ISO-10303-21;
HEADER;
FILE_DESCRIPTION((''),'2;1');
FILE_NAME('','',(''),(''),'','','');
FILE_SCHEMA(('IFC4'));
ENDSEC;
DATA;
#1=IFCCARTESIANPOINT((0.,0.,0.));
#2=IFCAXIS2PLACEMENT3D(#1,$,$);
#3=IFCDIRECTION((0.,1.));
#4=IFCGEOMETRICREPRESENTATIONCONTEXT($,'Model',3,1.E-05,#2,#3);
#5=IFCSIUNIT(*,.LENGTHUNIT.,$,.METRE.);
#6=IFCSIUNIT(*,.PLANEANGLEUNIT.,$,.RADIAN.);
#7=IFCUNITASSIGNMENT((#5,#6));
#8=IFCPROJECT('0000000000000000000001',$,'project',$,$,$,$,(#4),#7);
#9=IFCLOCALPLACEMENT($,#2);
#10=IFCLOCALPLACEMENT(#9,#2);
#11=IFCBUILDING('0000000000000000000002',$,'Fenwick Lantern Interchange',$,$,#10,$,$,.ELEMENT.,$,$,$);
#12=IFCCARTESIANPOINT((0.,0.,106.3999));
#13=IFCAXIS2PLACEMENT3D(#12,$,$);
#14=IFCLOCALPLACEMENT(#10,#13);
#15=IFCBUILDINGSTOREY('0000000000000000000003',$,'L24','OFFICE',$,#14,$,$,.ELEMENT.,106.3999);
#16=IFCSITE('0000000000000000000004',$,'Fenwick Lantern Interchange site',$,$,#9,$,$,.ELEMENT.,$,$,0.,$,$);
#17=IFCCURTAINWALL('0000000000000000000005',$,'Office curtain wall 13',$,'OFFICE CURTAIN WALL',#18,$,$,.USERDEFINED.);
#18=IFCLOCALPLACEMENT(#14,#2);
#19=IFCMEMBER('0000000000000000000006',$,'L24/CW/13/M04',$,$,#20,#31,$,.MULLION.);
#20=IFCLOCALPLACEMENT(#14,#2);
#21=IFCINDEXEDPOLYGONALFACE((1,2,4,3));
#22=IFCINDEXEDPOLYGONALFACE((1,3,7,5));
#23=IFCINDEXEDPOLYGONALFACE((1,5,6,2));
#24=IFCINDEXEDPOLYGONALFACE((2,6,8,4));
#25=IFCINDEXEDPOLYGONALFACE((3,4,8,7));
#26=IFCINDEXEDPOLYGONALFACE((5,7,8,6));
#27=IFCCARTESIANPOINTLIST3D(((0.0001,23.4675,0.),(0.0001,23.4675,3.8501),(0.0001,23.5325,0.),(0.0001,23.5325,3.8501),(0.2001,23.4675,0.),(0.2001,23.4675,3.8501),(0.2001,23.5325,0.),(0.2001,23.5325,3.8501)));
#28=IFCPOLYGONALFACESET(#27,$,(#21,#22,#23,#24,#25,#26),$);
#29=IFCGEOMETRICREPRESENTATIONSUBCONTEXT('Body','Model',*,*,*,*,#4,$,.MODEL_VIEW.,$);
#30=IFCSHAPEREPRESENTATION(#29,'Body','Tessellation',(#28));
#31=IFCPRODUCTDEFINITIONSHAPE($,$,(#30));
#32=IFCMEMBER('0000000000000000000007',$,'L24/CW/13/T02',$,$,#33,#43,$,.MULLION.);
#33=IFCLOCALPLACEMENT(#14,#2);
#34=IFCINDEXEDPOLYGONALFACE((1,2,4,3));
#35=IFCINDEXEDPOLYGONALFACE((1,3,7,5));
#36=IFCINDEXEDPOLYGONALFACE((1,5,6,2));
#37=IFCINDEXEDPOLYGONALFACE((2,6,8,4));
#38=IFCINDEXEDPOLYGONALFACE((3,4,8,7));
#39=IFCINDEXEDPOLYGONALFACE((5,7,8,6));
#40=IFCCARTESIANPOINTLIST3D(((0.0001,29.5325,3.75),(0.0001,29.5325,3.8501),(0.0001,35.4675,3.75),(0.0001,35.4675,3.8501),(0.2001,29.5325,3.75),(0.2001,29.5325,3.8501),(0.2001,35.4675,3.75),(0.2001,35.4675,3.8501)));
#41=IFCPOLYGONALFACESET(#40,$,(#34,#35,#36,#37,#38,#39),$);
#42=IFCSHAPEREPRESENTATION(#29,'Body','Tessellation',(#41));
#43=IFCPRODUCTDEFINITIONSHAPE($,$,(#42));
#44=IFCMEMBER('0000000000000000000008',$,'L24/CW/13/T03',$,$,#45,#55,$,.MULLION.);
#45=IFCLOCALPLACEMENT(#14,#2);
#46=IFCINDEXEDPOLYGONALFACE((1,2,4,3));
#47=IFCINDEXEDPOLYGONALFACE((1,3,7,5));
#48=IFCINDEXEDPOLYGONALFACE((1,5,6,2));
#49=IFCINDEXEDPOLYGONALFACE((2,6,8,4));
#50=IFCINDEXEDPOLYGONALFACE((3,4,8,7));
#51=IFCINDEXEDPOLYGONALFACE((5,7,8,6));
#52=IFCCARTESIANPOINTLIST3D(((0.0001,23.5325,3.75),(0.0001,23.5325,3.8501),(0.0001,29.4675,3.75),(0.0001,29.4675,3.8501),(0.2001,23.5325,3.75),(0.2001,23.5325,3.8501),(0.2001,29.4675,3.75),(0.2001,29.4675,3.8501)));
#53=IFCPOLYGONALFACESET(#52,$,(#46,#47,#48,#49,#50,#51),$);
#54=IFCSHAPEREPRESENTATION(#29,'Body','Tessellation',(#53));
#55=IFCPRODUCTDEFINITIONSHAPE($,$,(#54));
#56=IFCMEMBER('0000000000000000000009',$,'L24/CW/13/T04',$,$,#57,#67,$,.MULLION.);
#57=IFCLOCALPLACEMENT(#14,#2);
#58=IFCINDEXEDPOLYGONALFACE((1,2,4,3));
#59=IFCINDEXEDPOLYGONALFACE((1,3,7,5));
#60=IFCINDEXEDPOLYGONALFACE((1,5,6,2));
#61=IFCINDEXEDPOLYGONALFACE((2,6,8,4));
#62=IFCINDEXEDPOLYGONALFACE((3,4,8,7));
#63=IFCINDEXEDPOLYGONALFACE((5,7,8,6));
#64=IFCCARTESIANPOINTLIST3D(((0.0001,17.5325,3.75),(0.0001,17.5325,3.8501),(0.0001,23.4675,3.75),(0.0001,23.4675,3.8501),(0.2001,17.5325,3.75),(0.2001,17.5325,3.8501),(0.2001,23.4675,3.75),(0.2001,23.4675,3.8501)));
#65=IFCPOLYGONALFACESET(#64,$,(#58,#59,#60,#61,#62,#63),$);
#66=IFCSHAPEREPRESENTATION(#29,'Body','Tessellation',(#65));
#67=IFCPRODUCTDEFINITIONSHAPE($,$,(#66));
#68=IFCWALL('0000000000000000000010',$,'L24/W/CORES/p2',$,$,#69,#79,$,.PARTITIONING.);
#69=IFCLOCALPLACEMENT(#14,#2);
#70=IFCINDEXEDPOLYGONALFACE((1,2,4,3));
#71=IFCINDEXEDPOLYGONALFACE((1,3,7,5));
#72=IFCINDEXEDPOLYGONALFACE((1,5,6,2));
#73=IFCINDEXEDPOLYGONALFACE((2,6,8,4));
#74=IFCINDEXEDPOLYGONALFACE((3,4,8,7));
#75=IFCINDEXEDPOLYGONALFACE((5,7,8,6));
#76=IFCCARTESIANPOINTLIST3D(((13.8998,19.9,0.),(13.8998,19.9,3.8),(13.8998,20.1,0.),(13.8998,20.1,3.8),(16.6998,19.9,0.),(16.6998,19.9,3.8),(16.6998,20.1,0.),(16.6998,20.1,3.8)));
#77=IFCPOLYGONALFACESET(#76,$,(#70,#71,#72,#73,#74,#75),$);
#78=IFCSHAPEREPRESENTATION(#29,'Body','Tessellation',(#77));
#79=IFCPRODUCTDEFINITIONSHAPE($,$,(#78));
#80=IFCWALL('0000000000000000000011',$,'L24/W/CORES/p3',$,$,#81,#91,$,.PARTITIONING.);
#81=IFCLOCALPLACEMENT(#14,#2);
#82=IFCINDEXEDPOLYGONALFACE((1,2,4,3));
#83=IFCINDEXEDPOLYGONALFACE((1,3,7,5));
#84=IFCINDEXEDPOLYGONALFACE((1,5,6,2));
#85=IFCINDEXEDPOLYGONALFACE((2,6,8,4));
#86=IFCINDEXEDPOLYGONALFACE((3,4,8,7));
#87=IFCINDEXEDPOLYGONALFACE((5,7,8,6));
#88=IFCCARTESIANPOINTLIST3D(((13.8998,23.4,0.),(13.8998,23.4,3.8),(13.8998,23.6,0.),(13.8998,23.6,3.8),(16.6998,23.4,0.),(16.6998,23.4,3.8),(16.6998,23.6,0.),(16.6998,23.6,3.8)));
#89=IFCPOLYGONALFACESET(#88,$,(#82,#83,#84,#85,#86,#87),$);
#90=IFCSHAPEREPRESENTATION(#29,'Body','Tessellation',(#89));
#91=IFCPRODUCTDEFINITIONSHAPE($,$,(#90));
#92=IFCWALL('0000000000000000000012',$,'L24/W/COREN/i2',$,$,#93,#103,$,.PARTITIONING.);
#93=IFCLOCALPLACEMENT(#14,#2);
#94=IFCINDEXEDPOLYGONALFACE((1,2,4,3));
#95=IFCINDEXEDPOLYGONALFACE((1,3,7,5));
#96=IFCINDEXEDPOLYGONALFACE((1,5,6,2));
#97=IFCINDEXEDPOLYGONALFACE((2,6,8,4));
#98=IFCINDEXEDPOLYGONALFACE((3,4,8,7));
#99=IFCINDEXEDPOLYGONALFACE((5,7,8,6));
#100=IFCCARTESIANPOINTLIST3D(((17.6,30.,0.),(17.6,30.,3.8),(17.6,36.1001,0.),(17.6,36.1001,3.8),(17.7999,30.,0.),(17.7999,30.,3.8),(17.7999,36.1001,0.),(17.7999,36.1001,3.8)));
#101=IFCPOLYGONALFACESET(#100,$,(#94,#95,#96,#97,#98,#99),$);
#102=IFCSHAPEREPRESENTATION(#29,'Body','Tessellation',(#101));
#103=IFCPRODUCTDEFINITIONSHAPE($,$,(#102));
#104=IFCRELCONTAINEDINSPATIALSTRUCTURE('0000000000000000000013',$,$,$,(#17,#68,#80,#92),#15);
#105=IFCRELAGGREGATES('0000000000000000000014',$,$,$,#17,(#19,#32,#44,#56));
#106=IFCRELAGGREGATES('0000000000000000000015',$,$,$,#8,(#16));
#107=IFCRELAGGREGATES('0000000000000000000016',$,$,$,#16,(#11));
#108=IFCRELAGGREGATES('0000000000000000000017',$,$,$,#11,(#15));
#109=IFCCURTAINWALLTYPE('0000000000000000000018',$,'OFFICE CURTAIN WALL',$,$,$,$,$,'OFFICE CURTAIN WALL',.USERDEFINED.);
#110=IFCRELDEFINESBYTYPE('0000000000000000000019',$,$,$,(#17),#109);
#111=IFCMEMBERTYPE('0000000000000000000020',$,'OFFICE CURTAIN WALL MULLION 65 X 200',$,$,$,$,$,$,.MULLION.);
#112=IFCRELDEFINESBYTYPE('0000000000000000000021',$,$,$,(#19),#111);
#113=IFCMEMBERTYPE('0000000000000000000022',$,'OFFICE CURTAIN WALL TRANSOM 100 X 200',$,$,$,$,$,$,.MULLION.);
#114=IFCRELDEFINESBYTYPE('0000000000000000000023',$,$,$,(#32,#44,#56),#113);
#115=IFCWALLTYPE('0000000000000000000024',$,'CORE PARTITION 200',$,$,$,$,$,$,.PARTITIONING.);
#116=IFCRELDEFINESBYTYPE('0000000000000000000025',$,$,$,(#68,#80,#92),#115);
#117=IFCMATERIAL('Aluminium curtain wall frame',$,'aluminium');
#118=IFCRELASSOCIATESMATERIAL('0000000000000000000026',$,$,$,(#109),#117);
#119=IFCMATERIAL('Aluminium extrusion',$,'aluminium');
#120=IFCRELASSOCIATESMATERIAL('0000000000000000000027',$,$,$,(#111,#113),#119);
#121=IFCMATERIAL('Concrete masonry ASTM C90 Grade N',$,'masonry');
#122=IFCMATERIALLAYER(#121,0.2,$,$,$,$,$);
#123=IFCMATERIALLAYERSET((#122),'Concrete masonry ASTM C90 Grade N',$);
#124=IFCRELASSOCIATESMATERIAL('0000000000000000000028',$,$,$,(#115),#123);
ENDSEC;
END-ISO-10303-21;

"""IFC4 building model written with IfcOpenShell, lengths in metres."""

from ifc_helpers import new_model, si_unit, direction, frame, frame_2d, origin, origin_2d, place, context, subcontext, project, spatial, rectangle, extrude, material, layer, layer_set, material_profile, profile_set, type_object, element, aggregate, save


model = new_model("IFC4")

# Units and contexts
model_context = context("Model", 3, precision=1e-05, world=origin(), true_north=direction((0.0, 1.0)))
body_context = subcontext(model_context, "Body", "Model", "MODEL_VIEW")
ifc_project = project(units=[si_unit("LENGTHUNIT", "METRE"), si_unit("PLANEANGLEUNIT", "RADIAN")], contexts=[model_context])

# Site, building, storey
site_placement = place(None, origin())
site = spatial("IfcSite", under=ifc_project, at=site_placement, Name="Fenwick Lantern Interchange site", CompositionType="ELEMENT", RefElevation=0.0)
building_placement = place(site_placement, origin())
building = spatial("IfcBuilding", under=site, at=building_placement, Name="Fenwick Lantern Interchange", CompositionType="ELEMENT")
storey_placement = place(building_placement, frame((0.0, 0.0, 106.3999)))
storey = spatial("IfcBuildingStorey", under=building, at=storey_placement, Name="L24", Description="OFFICE", CompositionType="ELEMENT", Elevation=106.3999)

# Curtain wall, members
ifc_material_1 = material(Name="Aluminium curtain wall frame", Category="aluminium")
curtain_wall_type = type_object("IfcCurtainWallType", Name="OFFICE CURTAIN WALL", ElementType="OFFICE CURTAIN WALL", PredefinedType="USERDEFINED", material=ifc_material_1)
curtain_wall_placement = place(storey_placement, origin())
curtain_wall = element("IfcCurtainWall", 1, at=curtain_wall_placement, inside=storey, type_object=curtain_wall_type, Name="Office curtain wall 13", ObjectType="OFFICE CURTAIN WALL", PredefinedType="USERDEFINED")
ifc_material_2 = material(Name="Aluminium extrusion", Category="aluminium")
ifc_material_profile_1 = material_profile(ifc_material_2, rectangle(XDim=0.2, YDim=0.0649, at=origin_2d()), Name="OFFICE CURTAIN WALL MULLION 65 X 200")
ifc_profile_set_1 = profile_set([ifc_material_profile_1], Name="Aluminium extrusion")
member_type_1 = type_object("IfcMemberType", Name="OFFICE CURTAIN WALL MULLION 65 X 200", PredefinedType="MULLION", material=ifc_profile_set_1)
member_1_placement = place(storey_placement, frame((0.1001, 23.5, 0.0), z_axis=(0.0, 0.0, 1.0), x_axis=(1.0, 0.0, 0.0)))
member_1 = element("IfcMember", 2, at=member_1_placement, type_object=member_type_1, Name="L24/CW/13/M04", PredefinedType="MULLION", context=body_context, shape_type="SweptSolid", body=[
    extrude(rectangle(XDim=0.2, YDim=0.0649, at=origin_2d()), origin(), (0.0, 0.0, 1.0), 3.8501),
])
ifc_material_profile_2 = material_profile(ifc_material_2, rectangle(XDim=0.2, YDim=0.1001, at=origin_2d()), Name="OFFICE CURTAIN WALL TRANSOM 100 X 200")
ifc_profile_set_2 = profile_set([ifc_material_profile_2], Name="Aluminium extrusion")
member_type_2 = type_object("IfcMemberType", Name="OFFICE CURTAIN WALL TRANSOM 100 X 200", PredefinedType="MULLION", material=ifc_profile_set_2)
member_2_placement = place(storey_placement, frame((0.1001, 35.4675, 3.8), z_axis=(0.0, -1.0, 0.0), x_axis=(1.0, 0.0, 0.0)))
member_2 = element("IfcMember", 3, at=member_2_placement, type_object=member_type_2, Name="L24/CW/13/T02", PredefinedType="MULLION", context=body_context, shape_type="SweptSolid", body=[
    extrude(rectangle(XDim=0.2, YDim=0.1001, at=origin_2d()), origin(), (0.0, 0.0, 1.0), 5.9351),
])
member_3_placement = place(storey_placement, frame((0.1001, 29.4675, 3.8), z_axis=(0.0, -1.0, 0.0), x_axis=(1.0, 0.0, 0.0)))
member_3 = element("IfcMember", 4, at=member_3_placement, type_object=member_type_2, Name="L24/CW/13/T03", PredefinedType="MULLION", context=body_context, shape_type="SweptSolid", body=[
    extrude(rectangle(XDim=0.2, YDim=0.1001, at=origin_2d()), origin(), (0.0, 0.0, 1.0), 5.9351),
])
member_4_placement = place(storey_placement, frame((0.1001, 23.4675, 3.8), z_axis=(0.0, -1.0, 0.0), x_axis=(1.0, 0.0, 0.0)))
member_4 = element("IfcMember", 5, at=member_4_placement, type_object=member_type_2, Name="L24/CW/13/T04", PredefinedType="MULLION", context=body_context, shape_type="SweptSolid", body=[
    extrude(rectangle(XDim=0.2, YDim=0.1001, at=origin_2d()), origin(), (0.0, 0.0, 1.0), 5.9351),
])
aggregate(curtain_wall, [member_1, member_2, member_3, member_4])

# Walls
ifc_material_3 = material(Name="Concrete masonry ASTM C90 Grade N", Category="masonry")
ifc_layer_1 = layer(ifc_material_3, 0.2)
ifc_layer_set_1 = layer_set([ifc_layer_1], Name="Concrete masonry ASTM C90 Grade N")
wall_type_1 = type_object("IfcWallType", Name="CORE PARTITION 200", PredefinedType="PARTITIONING", material=ifc_layer_set_1)
for number, where, z_axis, x_axis, name in (
    (6, (13.8999, 20.0, 0.0), (0.0, 0.0, 1.0), (1.0, 0.0, 0.0), "L24/W/CORES/p2"),
    (7, (13.8999, 23.5, 0.0), (0.0, 0.0, 1.0), (1.0, 0.0, 0.0), "L24/W/CORES/p3"),
):
    element("IfcWall", number, at=place(storey_placement, frame(where, z_axis=z_axis, x_axis=x_axis)), inside=storey, type_object=wall_type_1, Name=name, PredefinedType="PARTITIONING", context=body_context, shape_type="SweptSolid", body=[
        extrude(rectangle(XDim=2.8, YDim=0.2, at=frame_2d((1.3999, 0.0))), origin(), (0.0, 0.0, 1.0), 3.8),
    ])
wall_1_placement = place(storey_placement, frame((17.7, 36.1001, 0.0), z_axis=(0.0, 0.0, 1.0), x_axis=(0.0, -1.0, 0.0)))
element("IfcWall", 8, at=wall_1_placement, inside=storey, type_object=wall_type_1, Name="L24/W/COREN/i2", PredefinedType="PARTITIONING", context=body_context, shape_type="SweptSolid", body=[
    extrude(rectangle(XDim=6.1001, YDim=0.2, at=frame_2d((3.05, 0.0))), origin(), (0.0, 0.0, 1.0), 3.8),
])

save(model, "model.ifc")
